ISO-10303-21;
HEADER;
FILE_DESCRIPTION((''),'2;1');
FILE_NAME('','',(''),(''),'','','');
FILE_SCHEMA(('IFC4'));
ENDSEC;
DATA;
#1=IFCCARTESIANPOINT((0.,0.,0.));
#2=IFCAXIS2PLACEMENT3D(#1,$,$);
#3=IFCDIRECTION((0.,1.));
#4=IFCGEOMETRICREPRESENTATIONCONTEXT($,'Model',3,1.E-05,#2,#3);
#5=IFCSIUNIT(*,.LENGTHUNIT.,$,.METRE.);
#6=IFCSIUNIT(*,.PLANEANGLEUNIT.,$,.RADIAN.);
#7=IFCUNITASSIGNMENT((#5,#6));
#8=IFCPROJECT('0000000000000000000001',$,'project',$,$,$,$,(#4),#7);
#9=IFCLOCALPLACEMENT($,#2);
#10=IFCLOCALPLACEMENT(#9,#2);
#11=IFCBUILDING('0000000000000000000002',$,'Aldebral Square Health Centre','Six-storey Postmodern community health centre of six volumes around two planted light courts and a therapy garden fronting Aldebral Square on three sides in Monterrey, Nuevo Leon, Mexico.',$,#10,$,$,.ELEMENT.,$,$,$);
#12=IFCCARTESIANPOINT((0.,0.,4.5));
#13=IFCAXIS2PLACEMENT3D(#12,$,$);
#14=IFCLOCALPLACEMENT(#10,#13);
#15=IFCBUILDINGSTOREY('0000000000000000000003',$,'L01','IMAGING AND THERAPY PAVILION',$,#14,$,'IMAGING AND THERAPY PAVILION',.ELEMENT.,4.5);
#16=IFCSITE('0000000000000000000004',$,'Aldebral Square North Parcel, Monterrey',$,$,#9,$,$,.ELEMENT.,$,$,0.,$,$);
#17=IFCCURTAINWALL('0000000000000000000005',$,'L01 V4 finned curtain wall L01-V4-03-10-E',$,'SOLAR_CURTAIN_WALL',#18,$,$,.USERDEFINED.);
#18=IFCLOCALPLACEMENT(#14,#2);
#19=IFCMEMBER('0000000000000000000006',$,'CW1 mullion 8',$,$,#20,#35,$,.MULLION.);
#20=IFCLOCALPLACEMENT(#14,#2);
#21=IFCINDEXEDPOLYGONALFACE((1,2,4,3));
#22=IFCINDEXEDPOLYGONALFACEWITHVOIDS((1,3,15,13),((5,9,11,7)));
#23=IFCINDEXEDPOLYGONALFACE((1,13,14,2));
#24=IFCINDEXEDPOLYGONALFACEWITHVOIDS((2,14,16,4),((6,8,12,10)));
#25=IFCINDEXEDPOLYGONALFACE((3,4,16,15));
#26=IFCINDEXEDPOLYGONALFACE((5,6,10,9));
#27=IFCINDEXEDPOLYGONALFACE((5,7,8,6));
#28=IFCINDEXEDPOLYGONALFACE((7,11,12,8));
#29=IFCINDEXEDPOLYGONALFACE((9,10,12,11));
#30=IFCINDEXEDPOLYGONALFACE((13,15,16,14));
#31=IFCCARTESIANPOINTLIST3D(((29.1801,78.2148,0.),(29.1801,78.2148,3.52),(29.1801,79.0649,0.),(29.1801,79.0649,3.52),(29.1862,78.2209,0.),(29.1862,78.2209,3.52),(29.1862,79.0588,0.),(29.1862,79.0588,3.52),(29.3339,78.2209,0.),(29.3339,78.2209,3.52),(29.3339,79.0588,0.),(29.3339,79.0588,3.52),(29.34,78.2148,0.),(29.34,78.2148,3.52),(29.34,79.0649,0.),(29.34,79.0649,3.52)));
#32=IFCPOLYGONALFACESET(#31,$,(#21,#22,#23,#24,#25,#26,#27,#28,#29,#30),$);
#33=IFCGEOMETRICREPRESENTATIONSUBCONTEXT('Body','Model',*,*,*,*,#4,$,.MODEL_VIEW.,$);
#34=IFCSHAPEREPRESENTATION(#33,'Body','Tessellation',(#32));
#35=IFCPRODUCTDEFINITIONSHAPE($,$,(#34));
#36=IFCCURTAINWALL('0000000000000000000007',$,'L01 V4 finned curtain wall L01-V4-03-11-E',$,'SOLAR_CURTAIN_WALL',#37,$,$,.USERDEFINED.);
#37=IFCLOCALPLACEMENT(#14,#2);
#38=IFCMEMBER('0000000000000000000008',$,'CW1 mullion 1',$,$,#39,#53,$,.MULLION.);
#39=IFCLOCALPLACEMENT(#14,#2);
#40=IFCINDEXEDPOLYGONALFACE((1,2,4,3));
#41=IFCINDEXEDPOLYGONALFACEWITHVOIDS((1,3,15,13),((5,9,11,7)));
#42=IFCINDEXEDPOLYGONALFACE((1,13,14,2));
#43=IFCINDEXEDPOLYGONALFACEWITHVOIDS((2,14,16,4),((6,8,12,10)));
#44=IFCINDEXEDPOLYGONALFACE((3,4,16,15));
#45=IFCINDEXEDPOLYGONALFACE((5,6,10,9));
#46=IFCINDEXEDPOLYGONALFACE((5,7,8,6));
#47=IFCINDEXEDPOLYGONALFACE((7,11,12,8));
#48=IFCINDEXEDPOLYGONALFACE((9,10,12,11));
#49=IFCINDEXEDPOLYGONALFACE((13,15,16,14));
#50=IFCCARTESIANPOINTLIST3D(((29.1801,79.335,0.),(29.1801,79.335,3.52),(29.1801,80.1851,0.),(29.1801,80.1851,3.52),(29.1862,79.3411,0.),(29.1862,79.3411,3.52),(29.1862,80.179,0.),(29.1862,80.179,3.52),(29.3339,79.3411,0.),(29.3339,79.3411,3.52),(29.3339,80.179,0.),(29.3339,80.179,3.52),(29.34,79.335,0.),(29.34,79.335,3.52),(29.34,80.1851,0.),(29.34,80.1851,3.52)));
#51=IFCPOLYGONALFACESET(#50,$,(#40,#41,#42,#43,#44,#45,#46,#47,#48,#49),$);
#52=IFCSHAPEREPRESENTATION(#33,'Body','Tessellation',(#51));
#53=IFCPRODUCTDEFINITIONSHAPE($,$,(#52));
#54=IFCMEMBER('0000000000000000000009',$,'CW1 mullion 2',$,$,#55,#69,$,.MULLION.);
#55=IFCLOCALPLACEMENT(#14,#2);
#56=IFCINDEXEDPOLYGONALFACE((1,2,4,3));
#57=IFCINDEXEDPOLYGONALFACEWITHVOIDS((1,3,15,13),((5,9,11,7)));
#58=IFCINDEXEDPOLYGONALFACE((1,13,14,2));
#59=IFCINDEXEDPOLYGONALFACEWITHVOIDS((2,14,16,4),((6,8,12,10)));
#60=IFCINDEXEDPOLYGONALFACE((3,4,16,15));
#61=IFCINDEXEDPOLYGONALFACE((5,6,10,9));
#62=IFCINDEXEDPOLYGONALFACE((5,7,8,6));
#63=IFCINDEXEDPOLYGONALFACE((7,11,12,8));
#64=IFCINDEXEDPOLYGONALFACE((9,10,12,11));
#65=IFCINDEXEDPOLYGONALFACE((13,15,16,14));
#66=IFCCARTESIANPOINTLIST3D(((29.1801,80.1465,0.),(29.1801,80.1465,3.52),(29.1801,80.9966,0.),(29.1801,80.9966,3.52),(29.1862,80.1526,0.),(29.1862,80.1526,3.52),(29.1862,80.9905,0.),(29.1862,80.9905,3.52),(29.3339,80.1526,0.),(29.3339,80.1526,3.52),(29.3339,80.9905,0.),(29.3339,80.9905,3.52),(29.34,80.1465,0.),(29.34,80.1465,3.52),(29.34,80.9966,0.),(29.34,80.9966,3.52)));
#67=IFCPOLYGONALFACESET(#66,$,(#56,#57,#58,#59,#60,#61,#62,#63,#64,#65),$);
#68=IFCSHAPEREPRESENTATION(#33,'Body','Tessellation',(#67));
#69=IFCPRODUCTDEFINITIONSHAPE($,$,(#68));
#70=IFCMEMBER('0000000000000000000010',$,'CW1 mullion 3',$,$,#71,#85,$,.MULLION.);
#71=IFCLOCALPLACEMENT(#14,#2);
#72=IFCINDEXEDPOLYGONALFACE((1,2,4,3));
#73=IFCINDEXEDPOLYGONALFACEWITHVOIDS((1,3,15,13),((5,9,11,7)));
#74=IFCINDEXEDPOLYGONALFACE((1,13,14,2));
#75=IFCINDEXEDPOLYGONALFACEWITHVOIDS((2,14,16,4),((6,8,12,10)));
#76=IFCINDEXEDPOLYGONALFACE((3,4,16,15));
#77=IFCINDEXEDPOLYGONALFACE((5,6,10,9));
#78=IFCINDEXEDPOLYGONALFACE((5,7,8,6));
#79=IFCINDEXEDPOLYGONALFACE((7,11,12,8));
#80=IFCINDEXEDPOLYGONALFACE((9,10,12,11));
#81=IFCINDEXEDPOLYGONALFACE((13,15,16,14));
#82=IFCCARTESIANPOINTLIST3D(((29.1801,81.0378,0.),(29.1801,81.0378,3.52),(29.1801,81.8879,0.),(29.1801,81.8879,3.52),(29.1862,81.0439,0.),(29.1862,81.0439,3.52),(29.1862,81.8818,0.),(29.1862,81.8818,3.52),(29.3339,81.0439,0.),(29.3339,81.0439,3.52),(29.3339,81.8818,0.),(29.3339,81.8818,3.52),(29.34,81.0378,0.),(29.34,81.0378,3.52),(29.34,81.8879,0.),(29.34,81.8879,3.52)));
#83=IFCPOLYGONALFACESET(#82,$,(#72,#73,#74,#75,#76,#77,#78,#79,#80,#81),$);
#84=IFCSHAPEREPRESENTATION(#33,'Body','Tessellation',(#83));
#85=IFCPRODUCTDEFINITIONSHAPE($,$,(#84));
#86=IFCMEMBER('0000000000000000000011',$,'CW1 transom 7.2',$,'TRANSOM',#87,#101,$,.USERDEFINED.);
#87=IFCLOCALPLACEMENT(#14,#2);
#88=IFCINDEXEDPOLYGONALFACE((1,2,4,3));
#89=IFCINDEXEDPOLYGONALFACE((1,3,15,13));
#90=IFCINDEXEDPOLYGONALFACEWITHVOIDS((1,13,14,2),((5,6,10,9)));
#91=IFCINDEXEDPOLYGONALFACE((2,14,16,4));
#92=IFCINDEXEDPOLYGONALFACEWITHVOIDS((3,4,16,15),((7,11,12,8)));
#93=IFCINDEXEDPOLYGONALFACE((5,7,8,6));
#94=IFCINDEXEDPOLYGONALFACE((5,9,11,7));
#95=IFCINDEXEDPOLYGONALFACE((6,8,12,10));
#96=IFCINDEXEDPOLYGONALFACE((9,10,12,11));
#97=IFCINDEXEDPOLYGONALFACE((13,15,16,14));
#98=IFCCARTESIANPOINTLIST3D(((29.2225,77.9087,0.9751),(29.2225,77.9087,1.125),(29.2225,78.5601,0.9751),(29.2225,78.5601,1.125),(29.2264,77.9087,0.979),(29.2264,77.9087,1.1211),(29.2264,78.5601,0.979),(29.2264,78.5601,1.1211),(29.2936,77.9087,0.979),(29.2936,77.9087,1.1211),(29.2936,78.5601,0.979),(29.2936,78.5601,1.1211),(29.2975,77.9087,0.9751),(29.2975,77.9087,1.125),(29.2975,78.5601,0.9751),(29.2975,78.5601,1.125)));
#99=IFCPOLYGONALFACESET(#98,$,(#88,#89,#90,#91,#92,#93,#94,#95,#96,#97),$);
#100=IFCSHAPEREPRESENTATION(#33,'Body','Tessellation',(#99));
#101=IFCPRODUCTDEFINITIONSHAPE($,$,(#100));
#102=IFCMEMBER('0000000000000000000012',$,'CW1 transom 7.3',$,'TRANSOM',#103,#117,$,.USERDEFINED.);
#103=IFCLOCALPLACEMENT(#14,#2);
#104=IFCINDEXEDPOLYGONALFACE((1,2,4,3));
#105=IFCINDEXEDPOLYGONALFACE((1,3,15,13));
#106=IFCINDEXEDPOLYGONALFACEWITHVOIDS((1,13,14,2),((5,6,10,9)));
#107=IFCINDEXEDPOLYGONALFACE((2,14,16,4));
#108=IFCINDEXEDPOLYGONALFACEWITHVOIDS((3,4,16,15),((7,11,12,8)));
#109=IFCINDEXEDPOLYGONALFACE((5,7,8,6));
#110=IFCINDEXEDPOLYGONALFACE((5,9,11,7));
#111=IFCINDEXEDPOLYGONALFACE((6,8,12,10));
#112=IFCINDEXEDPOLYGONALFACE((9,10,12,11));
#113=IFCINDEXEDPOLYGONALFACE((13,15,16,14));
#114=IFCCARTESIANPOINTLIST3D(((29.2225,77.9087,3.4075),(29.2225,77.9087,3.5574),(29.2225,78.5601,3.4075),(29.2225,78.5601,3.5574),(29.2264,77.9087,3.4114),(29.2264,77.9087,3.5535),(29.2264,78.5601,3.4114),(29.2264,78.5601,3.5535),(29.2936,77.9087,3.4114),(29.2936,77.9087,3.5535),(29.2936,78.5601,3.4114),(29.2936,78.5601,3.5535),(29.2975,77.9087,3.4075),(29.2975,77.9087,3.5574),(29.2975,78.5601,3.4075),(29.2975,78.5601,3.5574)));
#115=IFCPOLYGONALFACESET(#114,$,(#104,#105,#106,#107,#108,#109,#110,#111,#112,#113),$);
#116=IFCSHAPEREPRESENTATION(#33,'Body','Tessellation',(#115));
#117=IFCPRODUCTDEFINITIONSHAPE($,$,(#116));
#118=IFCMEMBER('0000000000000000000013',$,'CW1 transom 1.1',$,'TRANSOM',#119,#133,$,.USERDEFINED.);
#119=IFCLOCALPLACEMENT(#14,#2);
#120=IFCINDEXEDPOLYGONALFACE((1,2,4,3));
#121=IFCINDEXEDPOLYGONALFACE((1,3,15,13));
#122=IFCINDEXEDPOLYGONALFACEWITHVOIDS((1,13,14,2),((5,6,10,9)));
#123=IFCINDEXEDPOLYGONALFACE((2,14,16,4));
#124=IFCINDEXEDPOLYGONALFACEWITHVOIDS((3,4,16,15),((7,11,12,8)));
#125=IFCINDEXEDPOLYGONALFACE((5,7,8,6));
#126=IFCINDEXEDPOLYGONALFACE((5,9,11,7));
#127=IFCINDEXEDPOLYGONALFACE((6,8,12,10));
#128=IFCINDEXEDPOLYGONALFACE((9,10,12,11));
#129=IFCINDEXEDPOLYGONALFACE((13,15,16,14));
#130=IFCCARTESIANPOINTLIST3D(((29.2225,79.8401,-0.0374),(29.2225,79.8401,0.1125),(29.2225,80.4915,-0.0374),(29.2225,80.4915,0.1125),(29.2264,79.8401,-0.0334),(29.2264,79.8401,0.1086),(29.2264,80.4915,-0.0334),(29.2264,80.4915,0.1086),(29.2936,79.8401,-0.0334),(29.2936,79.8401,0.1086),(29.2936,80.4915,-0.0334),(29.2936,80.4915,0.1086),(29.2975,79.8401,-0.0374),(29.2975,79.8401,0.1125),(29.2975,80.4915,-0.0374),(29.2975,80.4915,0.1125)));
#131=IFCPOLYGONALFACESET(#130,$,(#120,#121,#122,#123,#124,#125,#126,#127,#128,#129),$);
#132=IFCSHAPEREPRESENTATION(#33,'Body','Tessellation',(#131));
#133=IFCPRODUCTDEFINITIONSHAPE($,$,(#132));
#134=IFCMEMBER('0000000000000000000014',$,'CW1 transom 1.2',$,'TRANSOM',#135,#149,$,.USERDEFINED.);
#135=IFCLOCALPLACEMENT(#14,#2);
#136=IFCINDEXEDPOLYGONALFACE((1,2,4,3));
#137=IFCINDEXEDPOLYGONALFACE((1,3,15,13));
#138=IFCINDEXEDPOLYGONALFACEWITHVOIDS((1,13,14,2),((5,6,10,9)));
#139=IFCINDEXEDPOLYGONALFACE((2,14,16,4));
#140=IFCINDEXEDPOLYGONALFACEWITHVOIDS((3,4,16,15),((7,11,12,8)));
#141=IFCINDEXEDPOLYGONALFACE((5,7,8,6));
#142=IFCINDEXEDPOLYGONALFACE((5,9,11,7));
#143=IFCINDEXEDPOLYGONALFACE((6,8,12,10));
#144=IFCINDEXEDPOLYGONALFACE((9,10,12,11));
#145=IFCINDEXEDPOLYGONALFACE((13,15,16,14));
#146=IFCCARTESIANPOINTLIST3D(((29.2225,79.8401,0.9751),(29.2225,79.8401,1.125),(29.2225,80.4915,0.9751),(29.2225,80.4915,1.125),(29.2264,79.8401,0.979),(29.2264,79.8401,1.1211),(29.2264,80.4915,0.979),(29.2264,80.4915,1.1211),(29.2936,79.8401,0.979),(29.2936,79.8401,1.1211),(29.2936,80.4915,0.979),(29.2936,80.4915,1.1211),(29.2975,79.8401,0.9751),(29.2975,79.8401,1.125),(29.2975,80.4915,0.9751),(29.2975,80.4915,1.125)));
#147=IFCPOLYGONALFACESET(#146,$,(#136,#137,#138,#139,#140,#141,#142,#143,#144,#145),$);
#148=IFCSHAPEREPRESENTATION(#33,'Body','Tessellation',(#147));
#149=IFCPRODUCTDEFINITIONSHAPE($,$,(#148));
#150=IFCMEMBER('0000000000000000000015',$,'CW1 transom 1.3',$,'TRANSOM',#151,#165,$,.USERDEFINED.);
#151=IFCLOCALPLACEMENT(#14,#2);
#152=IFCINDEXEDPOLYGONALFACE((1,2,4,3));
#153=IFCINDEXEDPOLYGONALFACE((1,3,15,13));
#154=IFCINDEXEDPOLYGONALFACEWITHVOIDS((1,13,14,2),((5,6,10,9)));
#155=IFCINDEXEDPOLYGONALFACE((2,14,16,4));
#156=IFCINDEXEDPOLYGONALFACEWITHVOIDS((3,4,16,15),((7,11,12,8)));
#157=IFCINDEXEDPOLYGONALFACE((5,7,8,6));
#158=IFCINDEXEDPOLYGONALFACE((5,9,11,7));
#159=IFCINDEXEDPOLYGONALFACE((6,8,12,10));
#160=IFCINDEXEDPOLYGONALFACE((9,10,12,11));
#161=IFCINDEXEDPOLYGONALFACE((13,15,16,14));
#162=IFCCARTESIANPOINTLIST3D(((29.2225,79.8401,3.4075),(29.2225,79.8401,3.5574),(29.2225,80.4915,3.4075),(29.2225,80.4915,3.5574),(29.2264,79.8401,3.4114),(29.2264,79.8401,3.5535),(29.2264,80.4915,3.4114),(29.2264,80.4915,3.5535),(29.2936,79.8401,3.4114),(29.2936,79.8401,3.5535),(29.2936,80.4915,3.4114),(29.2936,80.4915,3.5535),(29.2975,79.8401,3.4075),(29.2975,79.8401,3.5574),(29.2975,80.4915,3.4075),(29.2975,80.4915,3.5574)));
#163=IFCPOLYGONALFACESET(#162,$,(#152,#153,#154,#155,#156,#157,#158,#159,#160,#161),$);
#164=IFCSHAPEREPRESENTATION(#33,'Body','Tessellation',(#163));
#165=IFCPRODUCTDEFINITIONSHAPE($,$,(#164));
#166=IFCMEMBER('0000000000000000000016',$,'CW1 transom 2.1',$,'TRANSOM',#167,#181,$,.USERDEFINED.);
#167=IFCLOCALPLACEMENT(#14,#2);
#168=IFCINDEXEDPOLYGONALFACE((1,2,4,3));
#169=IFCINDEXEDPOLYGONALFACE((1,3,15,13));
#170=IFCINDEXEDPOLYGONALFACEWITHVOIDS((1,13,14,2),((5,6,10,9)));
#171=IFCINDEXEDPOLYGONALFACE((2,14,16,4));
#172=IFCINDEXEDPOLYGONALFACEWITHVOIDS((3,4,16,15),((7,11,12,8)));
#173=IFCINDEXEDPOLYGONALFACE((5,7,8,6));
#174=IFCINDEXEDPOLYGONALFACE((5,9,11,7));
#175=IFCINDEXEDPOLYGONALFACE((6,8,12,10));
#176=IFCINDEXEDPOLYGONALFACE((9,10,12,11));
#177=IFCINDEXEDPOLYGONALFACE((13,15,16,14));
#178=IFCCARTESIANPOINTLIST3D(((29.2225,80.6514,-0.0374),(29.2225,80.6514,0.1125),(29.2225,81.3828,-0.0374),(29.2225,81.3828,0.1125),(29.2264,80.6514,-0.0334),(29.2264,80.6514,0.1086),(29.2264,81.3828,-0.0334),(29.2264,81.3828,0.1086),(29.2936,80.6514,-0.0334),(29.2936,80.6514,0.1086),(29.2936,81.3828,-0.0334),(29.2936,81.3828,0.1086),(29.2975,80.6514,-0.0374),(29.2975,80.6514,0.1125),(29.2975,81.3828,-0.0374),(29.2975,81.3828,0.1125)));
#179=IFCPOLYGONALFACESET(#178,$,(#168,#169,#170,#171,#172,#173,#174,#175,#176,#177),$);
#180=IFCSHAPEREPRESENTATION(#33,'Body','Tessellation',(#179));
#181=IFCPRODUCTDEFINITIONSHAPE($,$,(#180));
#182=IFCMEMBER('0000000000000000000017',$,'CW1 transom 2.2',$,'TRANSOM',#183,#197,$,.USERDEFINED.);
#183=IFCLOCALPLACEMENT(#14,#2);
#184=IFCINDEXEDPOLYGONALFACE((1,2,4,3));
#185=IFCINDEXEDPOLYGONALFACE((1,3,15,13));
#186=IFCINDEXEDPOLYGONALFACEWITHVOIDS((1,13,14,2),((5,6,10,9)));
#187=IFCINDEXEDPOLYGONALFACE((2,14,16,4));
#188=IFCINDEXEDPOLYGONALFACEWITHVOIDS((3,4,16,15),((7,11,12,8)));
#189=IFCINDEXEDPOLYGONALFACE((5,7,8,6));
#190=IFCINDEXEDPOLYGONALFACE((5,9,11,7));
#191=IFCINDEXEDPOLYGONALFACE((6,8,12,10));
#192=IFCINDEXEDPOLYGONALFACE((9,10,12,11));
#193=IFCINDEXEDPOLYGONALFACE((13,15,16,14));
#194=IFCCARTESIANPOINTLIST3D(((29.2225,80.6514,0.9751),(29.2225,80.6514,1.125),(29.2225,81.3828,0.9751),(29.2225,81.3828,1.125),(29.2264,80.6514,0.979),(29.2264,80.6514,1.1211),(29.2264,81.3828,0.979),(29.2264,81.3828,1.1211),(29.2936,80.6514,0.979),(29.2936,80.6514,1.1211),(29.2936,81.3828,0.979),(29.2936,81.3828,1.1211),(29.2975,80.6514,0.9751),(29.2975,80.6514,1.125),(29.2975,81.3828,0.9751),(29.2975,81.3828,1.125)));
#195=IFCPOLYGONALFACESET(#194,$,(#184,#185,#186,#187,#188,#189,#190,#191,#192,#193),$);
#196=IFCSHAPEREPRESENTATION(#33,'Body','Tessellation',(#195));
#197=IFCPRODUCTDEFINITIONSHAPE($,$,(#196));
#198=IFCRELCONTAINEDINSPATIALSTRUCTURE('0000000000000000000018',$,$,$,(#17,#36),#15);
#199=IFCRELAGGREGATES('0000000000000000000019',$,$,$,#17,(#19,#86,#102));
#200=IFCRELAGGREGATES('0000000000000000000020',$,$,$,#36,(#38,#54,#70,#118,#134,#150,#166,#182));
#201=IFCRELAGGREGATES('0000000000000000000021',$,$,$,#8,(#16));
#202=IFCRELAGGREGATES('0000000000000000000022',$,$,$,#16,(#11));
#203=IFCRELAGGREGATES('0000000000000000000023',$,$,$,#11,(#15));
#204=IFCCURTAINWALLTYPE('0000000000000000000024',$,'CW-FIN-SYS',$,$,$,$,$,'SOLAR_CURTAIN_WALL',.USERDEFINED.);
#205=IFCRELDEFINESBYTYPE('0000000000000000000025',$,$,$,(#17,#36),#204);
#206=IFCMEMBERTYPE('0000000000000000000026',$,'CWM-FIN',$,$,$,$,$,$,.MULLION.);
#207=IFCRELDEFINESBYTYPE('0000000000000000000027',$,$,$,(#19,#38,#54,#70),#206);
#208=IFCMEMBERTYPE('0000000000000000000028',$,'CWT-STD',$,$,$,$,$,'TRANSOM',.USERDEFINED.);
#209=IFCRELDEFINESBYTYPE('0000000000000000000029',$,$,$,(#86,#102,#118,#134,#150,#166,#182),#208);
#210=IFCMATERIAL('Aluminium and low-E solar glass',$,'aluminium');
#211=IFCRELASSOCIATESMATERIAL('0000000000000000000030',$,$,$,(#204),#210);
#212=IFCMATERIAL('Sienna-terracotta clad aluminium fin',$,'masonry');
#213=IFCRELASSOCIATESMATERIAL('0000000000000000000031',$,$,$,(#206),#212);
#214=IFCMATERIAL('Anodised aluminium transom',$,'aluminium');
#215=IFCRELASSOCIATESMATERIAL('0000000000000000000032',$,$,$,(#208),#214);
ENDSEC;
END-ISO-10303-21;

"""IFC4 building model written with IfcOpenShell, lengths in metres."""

from ifc_helpers import new_model, si_unit, direction, frame, origin, origin_2d, place, context, subcontext, project, spatial, hollow_rectangle, extrude, material, material_profile, profile_set, type_object, element, aggregate, save


model = new_model("IFC4")

# Units and contexts
model_context = context("Model", 3, precision=1e-05, world=origin(), true_north=direction((0.0, 1.0)))
body_context = subcontext(model_context, "Body", "Model", "MODEL_VIEW")
ifc_project = project(units=[si_unit("LENGTHUNIT", "METRE"), si_unit("PLANEANGLEUNIT", "RADIAN")], contexts=[model_context])

# Site, building, storey
site_placement = place(None, origin())
site = spatial("IfcSite", under=ifc_project, at=site_placement, Name="Aldebral Square North Parcel, Monterrey", CompositionType="ELEMENT", RefElevation=0.0)
building_placement = place(site_placement, origin())
building = spatial("IfcBuilding", under=site, at=building_placement, Name="Aldebral Square Health Centre", Description="Six-storey Postmodern community health centre of six volumes around two planted light courts and a therapy garden fronting Aldebral Square on three sides in Monterrey, Nuevo Leon, Mexico.", CompositionType="ELEMENT")
storey_placement = place(building_placement, frame((0.0, 0.0, 4.5)))
storey = spatial("IfcBuildingStorey", under=building, at=storey_placement, Name="L01", Description="IMAGING AND THERAPY PAVILION", LongName="IMAGING AND THERAPY PAVILION", CompositionType="ELEMENT", Elevation=4.5)

# Curtain wall, member
ifc_material_1 = material(Name="Aluminium and low-E solar glass", Category="aluminium")
curtain_wall_type = type_object("IfcCurtainWallType", Name="CW-FIN-SYS", ElementType="SOLAR_CURTAIN_WALL", PredefinedType="USERDEFINED", material=ifc_material_1)
curtain_wall_1_placement = place(storey_placement, origin())
curtain_wall_1 = element("IfcCurtainWall", 1, at=curtain_wall_1_placement, inside=storey, type_object=curtain_wall_type, Name="L01 V4 finned curtain wall L01-V4-03-10-E", ObjectType="SOLAR_CURTAIN_WALL", PredefinedType="USERDEFINED")
ifc_material_2 = material(Name="Sienna-terracotta clad aluminium fin", Category="masonry")
ifc_material_profile_1 = material_profile(ifc_material_2, hollow_rectangle(XDim=0.1599, YDim=0.8501, WallThickness=0.0061, at=origin_2d()), Name="FIN 160x850x6")
ifc_profile_set_1 = profile_set([ifc_material_profile_1], Name="Sienna-terracotta clad aluminium fin")
member_type_1 = type_object("IfcMemberType", Name="CWM-FIN", PredefinedType="MULLION", material=ifc_profile_set_1)
member_1_placement = place(storey_placement, frame((29.26, 78.6399, 0.0), z_axis=(0.0, 0.0, 1.0), x_axis=(-1.0, 0.0, 0.0)))
member_1 = element("IfcMember", 2, at=member_1_placement, type_object=member_type_1, Name="CW1 mullion 8", PredefinedType="MULLION", context=body_context, shape_type="SweptSolid", body=[
    extrude(hollow_rectangle(XDim=0.1599, YDim=0.8501, WallThickness=0.0061, at=origin_2d()), origin(), (0.0, 0.0, 1.0), 3.52),
])

# Curtain wall, members
curtain_wall_2_placement = place(storey_placement, origin())
curtain_wall_2 = element("IfcCurtainWall", 3, at=curtain_wall_2_placement, inside=storey, type_object=curtain_wall_type, Name="L01 V4 finned curtain wall L01-V4-03-11-E", ObjectType="SOLAR_CURTAIN_WALL", PredefinedType="USERDEFINED")
member_2_placement = place(storey_placement, frame((29.26, 79.76, 0.0), z_axis=(0.0, 0.0, 1.0), x_axis=(-1.0, 0.0, 0.0)))
member_2 = element("IfcMember", 4, at=member_2_placement, type_object=member_type_1, Name="CW1 mullion 1", PredefinedType="MULLION", context=body_context, shape_type="SweptSolid", body=[
    extrude(hollow_rectangle(XDim=0.1599, YDim=0.8501, WallThickness=0.0061, at=origin_2d()), origin(), (0.0, 0.0, 1.0), 3.52),
])
member_3_placement = place(storey_placement, frame((29.26, 80.5715, 0.0), z_axis=(0.0, 0.0, 1.0), x_axis=(-1.0, 0.0, 0.0)))
member_3 = element("IfcMember", 5, at=member_3_placement, type_object=member_type_1, Name="CW1 mullion 2", PredefinedType="MULLION", context=body_context, shape_type="SweptSolid", body=[
    extrude(hollow_rectangle(XDim=0.1599, YDim=0.8501, WallThickness=0.0061, at=origin_2d()), origin(), (0.0, 0.0, 1.0), 3.52),
])
member_4_placement = place(storey_placement, frame((29.26, 81.4629, 0.0), z_axis=(0.0, 0.0, 1.0), x_axis=(-1.0, 0.0, 0.0)))
member_4 = element("IfcMember", 6, at=member_4_placement, type_object=member_type_1, Name="CW1 mullion 3", PredefinedType="MULLION", context=body_context, shape_type="SweptSolid", body=[
    extrude(hollow_rectangle(XDim=0.1599, YDim=0.8501, WallThickness=0.0061, at=origin_2d()), origin(), (0.0, 0.0, 1.0), 3.52),
])

# Members
ifc_material_3 = material(Name="Anodised aluminium transom", Category="aluminium")
ifc_material_profile_2 = material_profile(ifc_material_3, hollow_rectangle(XDim=0.075, YDim=0.1499, WallThickness=0.0039, at=origin_2d()), Name="CWT 75x150x4")
ifc_profile_set_2 = profile_set([ifc_material_profile_2], Name="Anodised aluminium transom")
member_type_2 = type_object("IfcMemberType", Name="CWT-STD", ElementType="TRANSOM", PredefinedType="USERDEFINED", material=ifc_profile_set_2)
member_5_placement = place(storey_placement, frame((29.26, 77.9087, 1.05), z_axis=(0.0, 1.0, 0.0), x_axis=(-1.0, 0.0, 0.0)))
member_5 = element("IfcMember", 7, at=member_5_placement, type_object=member_type_2, Name="CW1 transom 7.2", ObjectType="TRANSOM", PredefinedType="USERDEFINED", context=body_context, shape_type="SweptSolid", body=[
    extrude(hollow_rectangle(XDim=0.075, YDim=0.1499, WallThickness=0.0039, at=origin_2d()), origin(), (0.0, 0.0, 1.0), 0.6514),
])
member_6_placement = place(storey_placement, frame((29.26, 77.9087, 3.4824), z_axis=(0.0, 1.0, 0.0), x_axis=(-1.0, 0.0, 0.0)))
member_6 = element("IfcMember", 8, at=member_6_placement, type_object=member_type_2, Name="CW1 transom 7.3", ObjectType="TRANSOM", PredefinedType="USERDEFINED", context=body_context, shape_type="SweptSolid", body=[
    extrude(hollow_rectangle(XDim=0.075, YDim=0.1499, WallThickness=0.0039, at=origin_2d()), origin(), (0.0, 0.0, 1.0), 0.6514),
])
member_7_placement = place(storey_placement, frame((29.26, 79.8401, 0.0376), z_axis=(0.0, 1.0, 0.0), x_axis=(-1.0, 0.0, 0.0)))
member_7 = element("IfcMember", 9, at=member_7_placement, type_object=member_type_2, Name="CW1 transom 1.1", ObjectType="TRANSOM", PredefinedType="USERDEFINED", context=body_context, shape_type="SweptSolid", body=[
    extrude(hollow_rectangle(XDim=0.075, YDim=0.1499, WallThickness=0.0039, at=origin_2d()), origin(), (0.0, 0.0, 1.0), 0.6514),
])
member_8_placement = place(storey_placement, frame((29.26, 79.8401, 1.05), z_axis=(0.0, 1.0, 0.0), x_axis=(-1.0, 0.0, 0.0)))
member_8 = element("IfcMember", 10, at=member_8_placement, type_object=member_type_2, Name="CW1 transom 1.2", ObjectType="TRANSOM", PredefinedType="USERDEFINED", context=body_context, shape_type="SweptSolid", body=[
    extrude(hollow_rectangle(XDim=0.075, YDim=0.1499, WallThickness=0.0039, at=origin_2d()), origin(), (0.0, 0.0, 1.0), 0.6514),
])
member_9_placement = place(storey_placement, frame((29.26, 79.8401, 3.4824), z_axis=(0.0, 1.0, 0.0), x_axis=(-1.0, 0.0, 0.0)))
member_9 = element("IfcMember", 11, at=member_9_placement, type_object=member_type_2, Name="CW1 transom 1.3", ObjectType="TRANSOM", PredefinedType="USERDEFINED", context=body_context, shape_type="SweptSolid", body=[
    extrude(hollow_rectangle(XDim=0.075, YDim=0.1499, WallThickness=0.0039, at=origin_2d()), origin(), (0.0, 0.0, 1.0), 0.6514),
])
member_10_placement = place(storey_placement, frame((29.26, 80.6514, 0.0376), z_axis=(0.0, 1.0, 0.0), x_axis=(-1.0, 0.0, 0.0)))
member_10 = element("IfcMember", 12, at=member_10_placement, type_object=member_type_2, Name="CW1 transom 2.1", ObjectType="TRANSOM", PredefinedType="USERDEFINED", context=body_context, shape_type="SweptSolid", body=[
    extrude(hollow_rectangle(XDim=0.075, YDim=0.1499, WallThickness=0.0039, at=origin_2d()), origin(), (0.0, 0.0, 1.0), 0.7314),
])
member_11_placement = place(storey_placement, frame((29.26, 80.6514, 1.05), z_axis=(0.0, 1.0, 0.0), x_axis=(-1.0, 0.0, 0.0)))
member_11 = element("IfcMember", 13, at=member_11_placement, type_object=member_type_2, Name="CW1 transom 2.2", ObjectType="TRANSOM", PredefinedType="USERDEFINED", context=body_context, shape_type="SweptSolid", body=[
    extrude(hollow_rectangle(XDim=0.075, YDim=0.1499, WallThickness=0.0039, at=origin_2d()), origin(), (0.0, 0.0, 1.0), 0.7314),
])

aggregate(curtain_wall_1, [member_1, member_5, member_6])
aggregate(curtain_wall_2, [member_2, member_3, member_4, member_7, member_8, member_9, member_10, member_11])

save(model, "model.ifc")
